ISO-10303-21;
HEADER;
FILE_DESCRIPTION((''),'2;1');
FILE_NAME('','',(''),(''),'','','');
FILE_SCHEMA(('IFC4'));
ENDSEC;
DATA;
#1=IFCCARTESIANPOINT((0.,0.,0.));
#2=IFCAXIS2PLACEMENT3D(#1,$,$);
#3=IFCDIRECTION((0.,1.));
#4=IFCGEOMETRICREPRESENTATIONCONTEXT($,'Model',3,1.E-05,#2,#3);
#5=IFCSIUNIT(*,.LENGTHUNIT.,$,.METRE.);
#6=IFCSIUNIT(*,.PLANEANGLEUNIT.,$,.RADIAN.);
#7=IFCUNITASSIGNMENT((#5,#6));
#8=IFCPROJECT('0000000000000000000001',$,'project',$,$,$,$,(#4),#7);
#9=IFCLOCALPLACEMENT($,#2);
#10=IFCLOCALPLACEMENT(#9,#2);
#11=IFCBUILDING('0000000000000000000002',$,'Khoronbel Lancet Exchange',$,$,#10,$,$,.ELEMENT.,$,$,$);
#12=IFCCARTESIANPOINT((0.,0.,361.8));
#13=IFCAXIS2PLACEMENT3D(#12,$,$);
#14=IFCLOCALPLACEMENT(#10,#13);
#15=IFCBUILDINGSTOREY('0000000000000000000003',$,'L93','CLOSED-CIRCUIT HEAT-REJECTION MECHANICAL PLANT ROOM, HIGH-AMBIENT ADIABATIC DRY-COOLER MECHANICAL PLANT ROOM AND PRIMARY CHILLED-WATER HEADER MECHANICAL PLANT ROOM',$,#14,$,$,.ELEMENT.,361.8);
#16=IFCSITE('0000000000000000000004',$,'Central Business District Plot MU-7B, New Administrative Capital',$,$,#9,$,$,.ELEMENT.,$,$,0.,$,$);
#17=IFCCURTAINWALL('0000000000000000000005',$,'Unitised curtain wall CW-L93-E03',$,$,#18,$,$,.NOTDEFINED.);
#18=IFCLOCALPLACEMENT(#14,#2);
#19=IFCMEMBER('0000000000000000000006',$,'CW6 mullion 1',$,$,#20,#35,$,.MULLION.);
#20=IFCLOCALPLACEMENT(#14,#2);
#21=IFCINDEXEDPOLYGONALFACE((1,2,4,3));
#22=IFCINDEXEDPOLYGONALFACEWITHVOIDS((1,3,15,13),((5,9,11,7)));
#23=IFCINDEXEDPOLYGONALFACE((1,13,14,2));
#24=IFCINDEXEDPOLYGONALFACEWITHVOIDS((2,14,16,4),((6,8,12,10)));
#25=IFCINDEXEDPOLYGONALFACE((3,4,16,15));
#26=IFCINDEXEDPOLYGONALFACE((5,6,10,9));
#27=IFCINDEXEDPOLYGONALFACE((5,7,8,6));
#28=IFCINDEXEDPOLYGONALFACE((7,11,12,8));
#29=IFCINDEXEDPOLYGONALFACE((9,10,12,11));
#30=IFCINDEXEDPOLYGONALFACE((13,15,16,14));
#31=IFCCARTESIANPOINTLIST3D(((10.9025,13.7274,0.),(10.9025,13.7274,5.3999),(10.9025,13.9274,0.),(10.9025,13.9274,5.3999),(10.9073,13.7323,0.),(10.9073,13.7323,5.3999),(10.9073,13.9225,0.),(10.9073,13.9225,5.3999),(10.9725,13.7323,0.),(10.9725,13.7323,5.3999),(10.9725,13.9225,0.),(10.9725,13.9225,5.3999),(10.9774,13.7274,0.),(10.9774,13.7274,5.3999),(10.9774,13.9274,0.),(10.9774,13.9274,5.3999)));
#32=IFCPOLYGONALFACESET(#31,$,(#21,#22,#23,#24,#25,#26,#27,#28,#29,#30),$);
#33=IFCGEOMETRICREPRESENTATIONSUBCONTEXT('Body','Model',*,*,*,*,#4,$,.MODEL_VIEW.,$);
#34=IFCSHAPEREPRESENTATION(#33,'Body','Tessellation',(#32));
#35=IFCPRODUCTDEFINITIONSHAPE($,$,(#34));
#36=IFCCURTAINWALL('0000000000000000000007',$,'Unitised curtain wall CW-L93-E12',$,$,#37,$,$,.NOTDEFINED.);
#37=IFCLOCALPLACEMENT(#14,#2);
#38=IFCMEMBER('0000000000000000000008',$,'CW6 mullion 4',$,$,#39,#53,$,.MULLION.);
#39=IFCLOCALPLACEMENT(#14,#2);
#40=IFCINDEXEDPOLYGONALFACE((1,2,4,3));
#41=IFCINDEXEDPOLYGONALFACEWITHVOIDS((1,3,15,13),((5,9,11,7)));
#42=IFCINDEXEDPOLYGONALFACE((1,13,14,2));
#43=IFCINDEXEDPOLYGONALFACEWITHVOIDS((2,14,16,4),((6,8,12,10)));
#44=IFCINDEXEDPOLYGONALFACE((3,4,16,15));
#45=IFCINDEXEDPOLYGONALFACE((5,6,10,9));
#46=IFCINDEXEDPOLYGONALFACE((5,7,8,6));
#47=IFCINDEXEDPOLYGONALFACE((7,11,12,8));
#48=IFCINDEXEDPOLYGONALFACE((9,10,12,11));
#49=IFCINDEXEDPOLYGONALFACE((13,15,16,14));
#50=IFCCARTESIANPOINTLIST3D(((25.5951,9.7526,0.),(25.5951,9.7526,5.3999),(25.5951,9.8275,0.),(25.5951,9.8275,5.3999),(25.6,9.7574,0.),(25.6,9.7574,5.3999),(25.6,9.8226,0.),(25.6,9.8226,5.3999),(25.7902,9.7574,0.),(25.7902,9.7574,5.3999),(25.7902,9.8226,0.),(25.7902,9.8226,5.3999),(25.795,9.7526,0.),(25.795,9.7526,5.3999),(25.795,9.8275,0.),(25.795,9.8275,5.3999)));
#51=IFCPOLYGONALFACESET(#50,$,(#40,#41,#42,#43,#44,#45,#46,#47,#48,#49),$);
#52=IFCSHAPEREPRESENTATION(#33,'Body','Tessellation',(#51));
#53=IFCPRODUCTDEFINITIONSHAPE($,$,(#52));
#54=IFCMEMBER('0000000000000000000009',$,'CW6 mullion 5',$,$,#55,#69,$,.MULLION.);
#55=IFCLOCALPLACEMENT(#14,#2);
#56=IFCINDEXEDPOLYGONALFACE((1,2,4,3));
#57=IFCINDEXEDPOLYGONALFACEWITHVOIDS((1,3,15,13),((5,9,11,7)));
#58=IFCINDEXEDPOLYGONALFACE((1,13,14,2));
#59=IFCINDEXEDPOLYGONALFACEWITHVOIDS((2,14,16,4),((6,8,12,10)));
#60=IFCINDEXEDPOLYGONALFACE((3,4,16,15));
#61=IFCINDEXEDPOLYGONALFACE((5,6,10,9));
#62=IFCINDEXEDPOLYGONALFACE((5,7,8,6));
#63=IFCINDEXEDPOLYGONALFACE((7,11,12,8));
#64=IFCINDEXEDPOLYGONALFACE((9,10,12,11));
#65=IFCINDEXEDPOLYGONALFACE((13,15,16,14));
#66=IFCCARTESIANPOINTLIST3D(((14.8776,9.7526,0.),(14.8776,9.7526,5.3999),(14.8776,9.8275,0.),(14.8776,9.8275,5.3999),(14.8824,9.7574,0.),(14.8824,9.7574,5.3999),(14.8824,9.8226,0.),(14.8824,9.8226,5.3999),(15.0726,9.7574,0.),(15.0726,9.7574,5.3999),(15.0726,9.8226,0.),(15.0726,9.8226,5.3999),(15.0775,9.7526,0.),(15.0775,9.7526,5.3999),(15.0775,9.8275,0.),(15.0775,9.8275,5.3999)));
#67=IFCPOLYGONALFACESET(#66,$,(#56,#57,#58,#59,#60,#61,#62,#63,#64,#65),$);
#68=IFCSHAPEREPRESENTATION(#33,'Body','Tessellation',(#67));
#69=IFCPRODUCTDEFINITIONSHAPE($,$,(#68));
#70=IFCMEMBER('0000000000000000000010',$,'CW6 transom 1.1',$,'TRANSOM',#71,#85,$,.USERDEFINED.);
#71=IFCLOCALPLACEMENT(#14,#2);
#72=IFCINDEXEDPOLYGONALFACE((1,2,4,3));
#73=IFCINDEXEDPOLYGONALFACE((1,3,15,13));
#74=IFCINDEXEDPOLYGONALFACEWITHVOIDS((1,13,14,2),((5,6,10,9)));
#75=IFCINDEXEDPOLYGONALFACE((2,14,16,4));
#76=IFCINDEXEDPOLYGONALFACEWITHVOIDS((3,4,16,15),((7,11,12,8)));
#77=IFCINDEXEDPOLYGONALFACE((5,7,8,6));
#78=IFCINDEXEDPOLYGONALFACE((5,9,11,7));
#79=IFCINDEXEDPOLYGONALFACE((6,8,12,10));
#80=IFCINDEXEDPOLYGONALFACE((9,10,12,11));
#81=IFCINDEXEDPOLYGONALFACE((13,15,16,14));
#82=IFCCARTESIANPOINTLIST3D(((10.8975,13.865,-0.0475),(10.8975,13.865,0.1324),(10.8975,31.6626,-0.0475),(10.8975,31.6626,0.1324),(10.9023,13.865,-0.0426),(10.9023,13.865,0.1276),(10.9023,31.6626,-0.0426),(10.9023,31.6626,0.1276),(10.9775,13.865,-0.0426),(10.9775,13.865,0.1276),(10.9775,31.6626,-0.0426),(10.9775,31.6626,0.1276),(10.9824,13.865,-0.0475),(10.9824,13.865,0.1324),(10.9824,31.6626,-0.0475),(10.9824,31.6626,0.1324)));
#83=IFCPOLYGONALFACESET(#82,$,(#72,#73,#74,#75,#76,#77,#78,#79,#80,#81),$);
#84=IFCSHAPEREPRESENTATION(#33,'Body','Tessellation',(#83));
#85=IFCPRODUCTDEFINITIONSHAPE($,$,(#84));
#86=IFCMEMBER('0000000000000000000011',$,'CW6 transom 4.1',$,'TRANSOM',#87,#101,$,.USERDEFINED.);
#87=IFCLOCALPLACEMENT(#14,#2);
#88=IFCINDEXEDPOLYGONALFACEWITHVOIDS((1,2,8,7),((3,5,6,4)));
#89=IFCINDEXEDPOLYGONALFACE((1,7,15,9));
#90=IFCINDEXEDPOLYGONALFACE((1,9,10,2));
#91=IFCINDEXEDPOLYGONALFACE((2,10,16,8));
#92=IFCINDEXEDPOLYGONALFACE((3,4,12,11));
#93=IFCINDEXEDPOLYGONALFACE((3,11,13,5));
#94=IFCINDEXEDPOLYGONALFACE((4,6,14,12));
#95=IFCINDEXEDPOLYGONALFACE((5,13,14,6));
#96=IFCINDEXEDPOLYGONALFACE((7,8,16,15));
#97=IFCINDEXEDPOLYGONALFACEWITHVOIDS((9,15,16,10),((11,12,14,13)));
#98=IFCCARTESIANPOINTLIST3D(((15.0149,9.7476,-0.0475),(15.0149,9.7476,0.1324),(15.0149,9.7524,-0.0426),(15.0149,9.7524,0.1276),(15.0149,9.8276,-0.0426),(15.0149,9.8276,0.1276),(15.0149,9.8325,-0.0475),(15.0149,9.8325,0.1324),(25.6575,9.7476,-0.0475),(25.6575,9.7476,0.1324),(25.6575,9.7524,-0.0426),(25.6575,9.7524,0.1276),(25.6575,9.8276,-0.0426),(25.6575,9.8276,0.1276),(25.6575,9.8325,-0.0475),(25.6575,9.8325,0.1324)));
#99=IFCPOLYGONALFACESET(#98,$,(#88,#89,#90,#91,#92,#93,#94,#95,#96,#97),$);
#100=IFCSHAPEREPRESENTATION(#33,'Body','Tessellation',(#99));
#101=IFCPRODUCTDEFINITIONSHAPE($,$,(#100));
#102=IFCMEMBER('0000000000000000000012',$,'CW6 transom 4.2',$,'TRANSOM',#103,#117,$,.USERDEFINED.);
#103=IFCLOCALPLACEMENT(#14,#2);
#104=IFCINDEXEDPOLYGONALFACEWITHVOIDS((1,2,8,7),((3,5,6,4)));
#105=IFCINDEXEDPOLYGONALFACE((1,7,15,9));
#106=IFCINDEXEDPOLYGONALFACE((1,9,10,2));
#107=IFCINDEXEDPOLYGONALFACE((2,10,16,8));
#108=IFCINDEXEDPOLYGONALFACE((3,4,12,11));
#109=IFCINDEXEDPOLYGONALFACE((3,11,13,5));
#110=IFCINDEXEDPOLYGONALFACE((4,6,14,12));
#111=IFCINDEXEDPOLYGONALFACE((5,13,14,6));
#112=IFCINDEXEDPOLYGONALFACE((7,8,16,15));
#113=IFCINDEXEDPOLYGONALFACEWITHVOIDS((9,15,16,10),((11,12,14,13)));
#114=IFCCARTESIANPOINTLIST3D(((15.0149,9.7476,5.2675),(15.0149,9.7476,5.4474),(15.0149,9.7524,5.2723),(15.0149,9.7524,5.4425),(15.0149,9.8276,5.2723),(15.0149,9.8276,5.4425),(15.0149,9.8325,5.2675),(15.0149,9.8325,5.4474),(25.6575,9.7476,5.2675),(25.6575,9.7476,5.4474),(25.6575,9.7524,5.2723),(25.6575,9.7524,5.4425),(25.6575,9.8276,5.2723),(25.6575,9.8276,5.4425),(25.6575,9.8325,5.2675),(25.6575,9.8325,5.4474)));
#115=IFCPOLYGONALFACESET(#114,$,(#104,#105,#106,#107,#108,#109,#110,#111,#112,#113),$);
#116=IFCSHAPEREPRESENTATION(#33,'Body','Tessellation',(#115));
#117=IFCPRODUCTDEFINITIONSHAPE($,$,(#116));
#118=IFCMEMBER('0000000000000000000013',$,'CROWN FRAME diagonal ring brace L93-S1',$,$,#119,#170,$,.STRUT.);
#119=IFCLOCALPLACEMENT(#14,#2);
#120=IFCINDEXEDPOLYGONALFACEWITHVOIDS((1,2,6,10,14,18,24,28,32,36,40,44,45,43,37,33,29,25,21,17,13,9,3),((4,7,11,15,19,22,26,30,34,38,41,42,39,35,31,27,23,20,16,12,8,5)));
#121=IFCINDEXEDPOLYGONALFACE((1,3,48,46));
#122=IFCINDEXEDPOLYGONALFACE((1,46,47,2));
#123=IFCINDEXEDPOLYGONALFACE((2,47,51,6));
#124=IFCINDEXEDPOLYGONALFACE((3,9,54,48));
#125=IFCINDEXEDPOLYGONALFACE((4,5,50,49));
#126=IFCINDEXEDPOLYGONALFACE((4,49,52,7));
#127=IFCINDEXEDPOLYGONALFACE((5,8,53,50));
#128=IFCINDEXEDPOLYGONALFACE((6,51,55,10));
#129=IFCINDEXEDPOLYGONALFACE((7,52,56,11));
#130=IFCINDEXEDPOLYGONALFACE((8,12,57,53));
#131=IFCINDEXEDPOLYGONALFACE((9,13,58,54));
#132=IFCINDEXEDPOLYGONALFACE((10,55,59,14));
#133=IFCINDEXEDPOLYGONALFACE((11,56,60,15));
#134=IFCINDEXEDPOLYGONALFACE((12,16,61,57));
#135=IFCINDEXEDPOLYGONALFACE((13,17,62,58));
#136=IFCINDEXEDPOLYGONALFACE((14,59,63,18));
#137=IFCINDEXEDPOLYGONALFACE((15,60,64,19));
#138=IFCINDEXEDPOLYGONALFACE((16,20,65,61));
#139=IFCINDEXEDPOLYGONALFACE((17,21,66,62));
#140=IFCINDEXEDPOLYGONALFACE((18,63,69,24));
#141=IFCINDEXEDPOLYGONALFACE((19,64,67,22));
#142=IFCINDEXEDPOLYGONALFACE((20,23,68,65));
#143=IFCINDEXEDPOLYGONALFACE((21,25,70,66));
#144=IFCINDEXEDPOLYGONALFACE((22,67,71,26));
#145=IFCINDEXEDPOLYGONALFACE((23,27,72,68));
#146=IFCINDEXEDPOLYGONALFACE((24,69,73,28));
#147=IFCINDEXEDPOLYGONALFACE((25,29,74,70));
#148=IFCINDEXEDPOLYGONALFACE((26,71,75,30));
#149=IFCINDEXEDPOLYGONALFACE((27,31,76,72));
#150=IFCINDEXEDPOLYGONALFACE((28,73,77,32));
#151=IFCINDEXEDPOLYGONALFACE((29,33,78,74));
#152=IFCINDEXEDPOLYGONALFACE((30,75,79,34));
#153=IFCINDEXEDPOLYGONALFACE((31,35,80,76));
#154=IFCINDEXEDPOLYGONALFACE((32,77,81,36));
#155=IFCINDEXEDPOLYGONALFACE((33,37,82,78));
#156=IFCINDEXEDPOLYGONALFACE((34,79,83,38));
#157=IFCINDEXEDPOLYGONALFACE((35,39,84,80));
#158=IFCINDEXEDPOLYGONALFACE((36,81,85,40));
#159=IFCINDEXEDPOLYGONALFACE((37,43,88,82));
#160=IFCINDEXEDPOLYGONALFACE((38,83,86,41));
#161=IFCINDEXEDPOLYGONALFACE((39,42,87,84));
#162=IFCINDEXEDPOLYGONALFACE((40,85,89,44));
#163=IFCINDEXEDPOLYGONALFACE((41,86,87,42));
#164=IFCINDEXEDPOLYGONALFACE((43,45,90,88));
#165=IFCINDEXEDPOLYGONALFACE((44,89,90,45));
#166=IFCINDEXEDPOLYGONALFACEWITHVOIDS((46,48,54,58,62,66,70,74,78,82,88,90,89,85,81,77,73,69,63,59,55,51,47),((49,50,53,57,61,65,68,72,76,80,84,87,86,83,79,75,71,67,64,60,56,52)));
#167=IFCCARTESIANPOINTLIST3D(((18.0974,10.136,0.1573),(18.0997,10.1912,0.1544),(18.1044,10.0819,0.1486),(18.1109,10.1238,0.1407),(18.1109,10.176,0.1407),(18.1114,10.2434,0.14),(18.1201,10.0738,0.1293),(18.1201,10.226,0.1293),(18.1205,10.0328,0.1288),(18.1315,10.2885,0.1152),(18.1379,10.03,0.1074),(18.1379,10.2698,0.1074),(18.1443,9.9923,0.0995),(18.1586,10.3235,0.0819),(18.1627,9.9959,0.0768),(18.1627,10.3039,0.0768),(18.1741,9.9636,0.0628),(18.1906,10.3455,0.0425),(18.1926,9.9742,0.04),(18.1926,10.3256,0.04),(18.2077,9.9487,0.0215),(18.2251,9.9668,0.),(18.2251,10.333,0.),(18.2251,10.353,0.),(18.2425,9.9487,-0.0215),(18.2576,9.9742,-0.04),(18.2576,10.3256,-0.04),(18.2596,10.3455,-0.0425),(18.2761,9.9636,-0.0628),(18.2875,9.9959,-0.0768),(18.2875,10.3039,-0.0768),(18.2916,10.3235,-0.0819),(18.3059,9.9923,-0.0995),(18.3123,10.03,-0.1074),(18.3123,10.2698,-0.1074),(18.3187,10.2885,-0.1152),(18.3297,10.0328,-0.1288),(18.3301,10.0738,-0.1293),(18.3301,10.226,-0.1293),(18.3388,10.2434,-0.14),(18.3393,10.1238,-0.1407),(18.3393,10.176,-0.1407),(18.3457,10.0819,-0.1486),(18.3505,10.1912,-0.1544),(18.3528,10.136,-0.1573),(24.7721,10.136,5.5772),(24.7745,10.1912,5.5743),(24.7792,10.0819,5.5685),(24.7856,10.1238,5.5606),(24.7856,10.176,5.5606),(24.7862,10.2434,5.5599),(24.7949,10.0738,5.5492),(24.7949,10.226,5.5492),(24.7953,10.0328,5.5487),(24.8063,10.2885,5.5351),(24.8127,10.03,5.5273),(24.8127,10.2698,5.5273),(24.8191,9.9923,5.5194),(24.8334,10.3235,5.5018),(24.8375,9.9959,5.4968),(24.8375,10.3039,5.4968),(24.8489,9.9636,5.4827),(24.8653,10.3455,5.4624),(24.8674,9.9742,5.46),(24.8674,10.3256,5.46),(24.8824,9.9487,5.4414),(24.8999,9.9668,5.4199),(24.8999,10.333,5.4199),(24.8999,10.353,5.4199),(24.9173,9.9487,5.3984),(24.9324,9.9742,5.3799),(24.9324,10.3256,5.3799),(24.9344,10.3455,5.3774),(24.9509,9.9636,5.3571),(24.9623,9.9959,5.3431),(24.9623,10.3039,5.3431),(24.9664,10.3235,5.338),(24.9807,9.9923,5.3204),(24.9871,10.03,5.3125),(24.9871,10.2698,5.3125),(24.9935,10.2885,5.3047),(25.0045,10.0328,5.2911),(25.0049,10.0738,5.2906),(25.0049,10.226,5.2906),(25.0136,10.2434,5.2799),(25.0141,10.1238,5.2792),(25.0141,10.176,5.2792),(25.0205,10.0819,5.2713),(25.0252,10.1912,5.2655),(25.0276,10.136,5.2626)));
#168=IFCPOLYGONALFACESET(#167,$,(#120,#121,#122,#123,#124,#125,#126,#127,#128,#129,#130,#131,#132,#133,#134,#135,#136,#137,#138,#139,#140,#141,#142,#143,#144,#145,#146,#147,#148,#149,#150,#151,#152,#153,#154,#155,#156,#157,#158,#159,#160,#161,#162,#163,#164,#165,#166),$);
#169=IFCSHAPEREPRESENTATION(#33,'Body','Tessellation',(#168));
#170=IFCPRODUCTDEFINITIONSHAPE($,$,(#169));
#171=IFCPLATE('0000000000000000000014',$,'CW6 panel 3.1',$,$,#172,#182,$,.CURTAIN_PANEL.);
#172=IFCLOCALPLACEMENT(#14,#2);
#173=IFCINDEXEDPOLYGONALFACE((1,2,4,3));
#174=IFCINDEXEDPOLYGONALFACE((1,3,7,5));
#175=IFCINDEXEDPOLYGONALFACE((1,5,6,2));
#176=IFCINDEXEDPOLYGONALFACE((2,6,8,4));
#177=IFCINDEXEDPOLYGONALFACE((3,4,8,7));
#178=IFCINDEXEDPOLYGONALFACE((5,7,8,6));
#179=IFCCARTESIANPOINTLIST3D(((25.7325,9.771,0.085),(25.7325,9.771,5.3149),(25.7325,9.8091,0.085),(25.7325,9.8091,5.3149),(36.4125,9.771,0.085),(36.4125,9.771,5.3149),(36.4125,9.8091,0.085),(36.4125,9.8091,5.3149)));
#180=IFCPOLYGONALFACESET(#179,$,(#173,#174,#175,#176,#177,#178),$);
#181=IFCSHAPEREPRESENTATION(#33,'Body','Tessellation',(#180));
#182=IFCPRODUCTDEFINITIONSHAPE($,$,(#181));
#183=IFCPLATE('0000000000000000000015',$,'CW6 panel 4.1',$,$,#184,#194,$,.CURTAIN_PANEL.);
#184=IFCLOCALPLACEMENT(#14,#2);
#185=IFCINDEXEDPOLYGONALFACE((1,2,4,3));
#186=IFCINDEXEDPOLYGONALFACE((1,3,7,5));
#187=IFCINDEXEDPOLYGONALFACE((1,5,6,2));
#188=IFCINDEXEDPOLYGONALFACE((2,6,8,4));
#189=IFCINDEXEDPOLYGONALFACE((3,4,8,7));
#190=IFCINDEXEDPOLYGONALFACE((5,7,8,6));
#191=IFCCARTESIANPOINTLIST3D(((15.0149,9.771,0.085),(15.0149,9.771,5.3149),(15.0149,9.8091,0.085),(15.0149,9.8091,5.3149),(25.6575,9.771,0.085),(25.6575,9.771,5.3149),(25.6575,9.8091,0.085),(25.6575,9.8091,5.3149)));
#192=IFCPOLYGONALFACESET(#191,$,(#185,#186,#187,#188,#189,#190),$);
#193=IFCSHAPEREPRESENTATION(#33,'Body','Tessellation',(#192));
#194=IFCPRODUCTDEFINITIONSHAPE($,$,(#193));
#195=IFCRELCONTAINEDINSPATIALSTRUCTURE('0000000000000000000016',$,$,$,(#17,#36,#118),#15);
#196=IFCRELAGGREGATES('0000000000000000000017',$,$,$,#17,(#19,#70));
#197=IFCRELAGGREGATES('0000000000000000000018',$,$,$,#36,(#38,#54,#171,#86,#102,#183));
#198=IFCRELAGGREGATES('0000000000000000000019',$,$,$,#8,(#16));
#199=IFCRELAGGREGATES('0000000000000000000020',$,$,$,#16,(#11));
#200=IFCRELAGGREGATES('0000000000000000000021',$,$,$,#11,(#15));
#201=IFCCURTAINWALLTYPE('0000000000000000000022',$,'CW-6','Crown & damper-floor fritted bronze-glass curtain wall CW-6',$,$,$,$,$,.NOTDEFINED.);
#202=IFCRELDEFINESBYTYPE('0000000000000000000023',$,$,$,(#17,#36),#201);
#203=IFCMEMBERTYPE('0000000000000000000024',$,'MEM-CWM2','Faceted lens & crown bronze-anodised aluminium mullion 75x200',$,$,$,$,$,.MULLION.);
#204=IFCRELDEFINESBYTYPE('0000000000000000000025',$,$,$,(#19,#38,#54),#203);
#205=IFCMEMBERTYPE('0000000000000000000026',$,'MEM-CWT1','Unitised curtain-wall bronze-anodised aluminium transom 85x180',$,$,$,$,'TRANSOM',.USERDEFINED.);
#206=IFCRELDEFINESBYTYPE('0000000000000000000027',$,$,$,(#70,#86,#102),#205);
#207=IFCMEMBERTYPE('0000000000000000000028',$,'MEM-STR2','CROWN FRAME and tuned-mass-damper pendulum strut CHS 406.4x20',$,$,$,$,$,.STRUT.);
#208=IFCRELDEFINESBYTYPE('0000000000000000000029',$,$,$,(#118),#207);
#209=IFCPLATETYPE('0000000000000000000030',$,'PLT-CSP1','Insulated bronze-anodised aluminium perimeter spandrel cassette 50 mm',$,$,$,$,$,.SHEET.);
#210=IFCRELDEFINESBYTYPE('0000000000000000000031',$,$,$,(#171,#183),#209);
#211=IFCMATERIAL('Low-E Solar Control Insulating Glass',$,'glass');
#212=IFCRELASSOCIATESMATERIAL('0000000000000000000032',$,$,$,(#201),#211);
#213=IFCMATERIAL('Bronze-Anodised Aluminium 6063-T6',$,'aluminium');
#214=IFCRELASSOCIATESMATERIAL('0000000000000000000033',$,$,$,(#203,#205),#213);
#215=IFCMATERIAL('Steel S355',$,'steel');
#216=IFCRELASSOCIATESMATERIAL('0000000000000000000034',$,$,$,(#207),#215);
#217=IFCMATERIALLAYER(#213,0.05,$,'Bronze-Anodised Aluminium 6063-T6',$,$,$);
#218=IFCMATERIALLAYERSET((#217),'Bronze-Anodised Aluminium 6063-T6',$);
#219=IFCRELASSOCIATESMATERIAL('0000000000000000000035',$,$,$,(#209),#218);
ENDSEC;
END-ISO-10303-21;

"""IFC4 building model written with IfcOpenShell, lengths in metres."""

from ifc_helpers import new_model, si_unit, direction, frame, origin, origin_2d, place, context, subcontext, project, spatial, rectangle, hollow_rectangle, hollow_circle, extrude, material, layer, layer_set, material_profile, profile_set, type_object, element, aggregate, save


model = new_model("IFC4")

# Units and contexts
model_context = context("Model", 3, precision=1e-05, world=origin(), true_north=direction((0.0, 1.0)))
body_context = subcontext(model_context, "Body", "Model", "MODEL_VIEW")
ifc_project = project(units=[si_unit("LENGTHUNIT", "METRE"), si_unit("PLANEANGLEUNIT", "RADIAN")], contexts=[model_context])

# Site, building, storey
site_placement = place(None, origin())
site = spatial("IfcSite", under=ifc_project, at=site_placement, Name="Central Business District Plot MU-7B, New Administrative Capital", CompositionType="ELEMENT", RefElevation=0.0)
building_placement = place(site_placement, origin())
building = spatial("IfcBuilding", under=site, at=building_placement, Name="Khoronbel Lancet Exchange", CompositionType="ELEMENT")
storey_placement = place(building_placement, frame((0.0, 0.0, 361.8)))
storey = spatial("IfcBuildingStorey", under=building, at=storey_placement, Name="L93", Description="CLOSED-CIRCUIT HEAT-REJECTION MECHANICAL PLANT ROOM, HIGH-AMBIENT ADIABATIC DRY-COOLER MECHANICAL PLANT ROOM AND PRIMARY CHILLED-WATER HEADER MECHANICAL PLANT ROOM", CompositionType="ELEMENT", Elevation=361.8)

# Shared definitions
ifc_material_1 = material(Name="Steel S355", Category="steel")

# Curtain wall, member
ifc_material_2 = material(Name="Low-E Solar Control Insulating Glass", Category="glass")
curtain_wall_type = type_object("IfcCurtainWallType", Name="CW-6", Description="Crown & damper-floor fritted bronze-glass curtain wall CW-6", PredefinedType="NOTDEFINED", material=ifc_material_2)
curtain_wall_1_placement = place(storey_placement, origin())
curtain_wall_1 = element("IfcCurtainWall", 1, at=curtain_wall_1_placement, inside=storey, type_object=curtain_wall_type, Name="Unitised curtain wall CW-L93-E03", PredefinedType="NOTDEFINED")
ifc_material_3 = material(Name="Bronze-Anodised Aluminium 6063-T6", Category="aluminium")
ifc_material_profile_1 = material_profile(ifc_material_3, hollow_rectangle(XDim=0.075, YDim=0.2, WallThickness=0.0049, at=origin_2d()), Name="ALU MULLION 75x200")
ifc_profile_set_1 = profile_set([ifc_material_profile_1], Name="Bronze-Anodised Aluminium 6063-T6")
member_type_1 = type_object("IfcMemberType", Name="MEM-CWM2", Description="Faceted lens & crown bronze-anodised aluminium mullion 75x200", PredefinedType="MULLION", material=ifc_profile_set_1)
member_1_placement = place(storey_placement, frame((10.9399, 13.8274, 0.0), z_axis=(0.0, 0.0, 1.0), x_axis=(-1.0, 0.0, 0.0)))
member_1 = element("IfcMember", 2, at=member_1_placement, type_object=member_type_1, Name="CW6 mullion 1", PredefinedType="MULLION", context=body_context, shape_type="SweptSolid", body=[
    extrude(hollow_rectangle(XDim=0.075, YDim=0.2, WallThickness=0.0049, at=origin_2d()), origin(), (0.0, 0.0, 1.0), 5.3999),
])

# Curtain wall, members
curtain_wall_2_placement = place(storey_placement, origin())
curtain_wall_2 = element("IfcCurtainWall", 3, at=curtain_wall_2_placement, inside=storey, type_object=curtain_wall_type, Name="Unitised curtain wall CW-L93-E12", PredefinedType="NOTDEFINED")
member_2_placement = place(storey_placement, frame((25.6951, 9.79, 0.0), z_axis=(0.0, 0.0, 1.0), x_axis=(0.0, -1.0, 0.0)))
member_2 = element("IfcMember", 4, at=member_2_placement, type_object=member_type_1, Name="CW6 mullion 4", PredefinedType="MULLION", context=body_context, shape_type="SweptSolid", body=[
    extrude(hollow_rectangle(XDim=0.075, YDim=0.2, WallThickness=0.0049, at=origin_2d()), origin(), (0.0, 0.0, 1.0), 5.3999),
])
member_3_placement = place(storey_placement, frame((14.9775, 9.79, 0.0), z_axis=(0.0, 0.0, 1.0), x_axis=(0.0, -1.0, 0.0)))
member_3 = element("IfcMember", 5, at=member_3_placement, type_object=member_type_1, Name="CW6 mullion 5", PredefinedType="MULLION", context=body_context, shape_type="SweptSolid", body=[
    extrude(hollow_rectangle(XDim=0.075, YDim=0.2, WallThickness=0.0049, at=origin_2d()), origin(), (0.0, 0.0, 1.0), 5.3999),
])

# Members
ifc_material_profile_2 = material_profile(ifc_material_3, hollow_rectangle(XDim=0.085, YDim=0.1799, WallThickness=0.0049, at=origin_2d()), Name="ALU TRANSOM 85x180")
ifc_profile_set_2 = profile_set([ifc_material_profile_2], Name="Bronze-Anodised Aluminium 6063-T6")
member_type_2 = type_object("IfcMemberType", Name="MEM-CWT1", Description="Unitised curtain-wall bronze-anodised aluminium transom 85x180", ElementType="TRANSOM", PredefinedType="USERDEFINED", material=ifc_profile_set_2)
member_4_placement = place(storey_placement, frame((10.9399, 13.865, 0.0425), z_axis=(0.0, 1.0, 0.0), x_axis=(-1.0, 0.0, 0.0)))
member_4 = element("IfcMember", 6, at=member_4_placement, type_object=member_type_2, Name="CW6 transom 1.1", ObjectType="TRANSOM", PredefinedType="USERDEFINED", context=body_context, shape_type="SweptSolid", body=[
    extrude(hollow_rectangle(XDim=0.085, YDim=0.1799, WallThickness=0.0049, at=origin_2d()), origin(), (0.0, 0.0, 1.0), 17.7976),
])
aggregate(curtain_wall_1, [member_1, member_4])
member_5_placement = place(storey_placement, frame((25.6575, 9.79, 0.0425), z_axis=(-1.0, 0.0, 0.0), x_axis=(0.0, -1.0, 0.0)))
member_5 = element("IfcMember", 7, at=member_5_placement, type_object=member_type_2, Name="CW6 transom 4.1", ObjectType="TRANSOM", PredefinedType="USERDEFINED", context=body_context, shape_type="SweptSolid", body=[
    extrude(hollow_rectangle(XDim=0.085, YDim=0.1799, WallThickness=0.0049, at=origin_2d()), origin(), (0.0, 0.0, 1.0), 10.6426),
])
member_6_placement = place(storey_placement, frame((25.6575, 9.79, 5.3574), z_axis=(-1.0, 0.0, 0.0), x_axis=(0.0, -1.0, 0.0)))
member_6 = element("IfcMember", 8, at=member_6_placement, type_object=member_type_2, Name="CW6 transom 4.2", ObjectType="TRANSOM", PredefinedType="USERDEFINED", context=body_context, shape_type="SweptSolid", body=[
    extrude(hollow_rectangle(XDim=0.085, YDim=0.1799, WallThickness=0.0049, at=origin_2d()), origin(), (0.0, 0.0, 1.0), 10.6426),
])
ifc_material_profile_3 = material_profile(ifc_material_1, hollow_circle(Radius=0.2031, WallThickness=0.02, at=origin_2d()), Name="CHS 406.4x20")
ifc_profile_set_3 = profile_set([ifc_material_profile_3], Name="Steel S355")
member_type_3 = type_object("IfcMemberType", Name="MEM-STR2", Description="CROWN FRAME and tuned-mass-damper pendulum strut CHS 406.4x20", PredefinedType="STRUT", material=ifc_profile_set_3)
member_7_placement = place(storey_placement, frame((18.2251, 10.1499, 0.0), z_axis=(0.776305, 0.0, 0.630357), x_axis=(0.0, 1.0, 0.0)))
element("IfcMember", 9, at=member_7_placement, inside=storey, type_object=member_type_3, Name="CROWN FRAME diagonal ring brace L93-S1", PredefinedType="STRUT", context=body_context, shape_type="SweptSolid", body=[
    extrude(hollow_circle(Radius=0.2031, WallThickness=0.02, at=origin_2d()), origin(), (0.0, 0.0, 1.0), 8.5981),
])

# Plates
ifc_layer_1 = layer(ifc_material_3, 0.05, Name="Bronze-Anodised Aluminium 6063-T6")
ifc_layer_set_1 = layer_set([ifc_layer_1], Name="Bronze-Anodised Aluminium 6063-T6")
plate_type_1 = type_object("IfcPlateType", Name="PLT-CSP1", Description="Insulated bronze-anodised aluminium perimeter spandrel cassette 50 mm", PredefinedType="SHEET", material=ifc_layer_set_1)
plate_1_placement = place(storey_placement, frame((31.0725, 9.79, 0.085), z_axis=(0.0, 0.0, 1.0), x_axis=(-1.0, 0.0, 0.0)))
plate_1 = element("IfcPlate", 10, at=plate_1_placement, type_object=plate_type_1, Name="CW6 panel 3.1", PredefinedType="CURTAIN_PANEL", context=body_context, shape_type="SweptSolid", body=[
    extrude(rectangle(XDim=10.6799, YDim=0.0381, at=origin_2d()), origin(), (0.0, 0.0, 1.0), 5.23),
])
plate_2_placement = place(storey_placement, frame((20.3362, 9.79, 0.085), z_axis=(0.0, 0.0, 1.0), x_axis=(-1.0, 0.0, 0.0)))
plate_2 = element("IfcPlate", 11, at=plate_2_placement, type_object=plate_type_1, Name="CW6 panel 4.1", PredefinedType="CURTAIN_PANEL", context=body_context, shape_type="SweptSolid", body=[
    extrude(rectangle(XDim=10.6426, YDim=0.0381, at=origin_2d()), origin(), (0.0, 0.0, 1.0), 5.23),
])
aggregate(curtain_wall_2, [member_2, member_3, plate_1, member_5, member_6, plate_2])

save(model, "model.ifc")
